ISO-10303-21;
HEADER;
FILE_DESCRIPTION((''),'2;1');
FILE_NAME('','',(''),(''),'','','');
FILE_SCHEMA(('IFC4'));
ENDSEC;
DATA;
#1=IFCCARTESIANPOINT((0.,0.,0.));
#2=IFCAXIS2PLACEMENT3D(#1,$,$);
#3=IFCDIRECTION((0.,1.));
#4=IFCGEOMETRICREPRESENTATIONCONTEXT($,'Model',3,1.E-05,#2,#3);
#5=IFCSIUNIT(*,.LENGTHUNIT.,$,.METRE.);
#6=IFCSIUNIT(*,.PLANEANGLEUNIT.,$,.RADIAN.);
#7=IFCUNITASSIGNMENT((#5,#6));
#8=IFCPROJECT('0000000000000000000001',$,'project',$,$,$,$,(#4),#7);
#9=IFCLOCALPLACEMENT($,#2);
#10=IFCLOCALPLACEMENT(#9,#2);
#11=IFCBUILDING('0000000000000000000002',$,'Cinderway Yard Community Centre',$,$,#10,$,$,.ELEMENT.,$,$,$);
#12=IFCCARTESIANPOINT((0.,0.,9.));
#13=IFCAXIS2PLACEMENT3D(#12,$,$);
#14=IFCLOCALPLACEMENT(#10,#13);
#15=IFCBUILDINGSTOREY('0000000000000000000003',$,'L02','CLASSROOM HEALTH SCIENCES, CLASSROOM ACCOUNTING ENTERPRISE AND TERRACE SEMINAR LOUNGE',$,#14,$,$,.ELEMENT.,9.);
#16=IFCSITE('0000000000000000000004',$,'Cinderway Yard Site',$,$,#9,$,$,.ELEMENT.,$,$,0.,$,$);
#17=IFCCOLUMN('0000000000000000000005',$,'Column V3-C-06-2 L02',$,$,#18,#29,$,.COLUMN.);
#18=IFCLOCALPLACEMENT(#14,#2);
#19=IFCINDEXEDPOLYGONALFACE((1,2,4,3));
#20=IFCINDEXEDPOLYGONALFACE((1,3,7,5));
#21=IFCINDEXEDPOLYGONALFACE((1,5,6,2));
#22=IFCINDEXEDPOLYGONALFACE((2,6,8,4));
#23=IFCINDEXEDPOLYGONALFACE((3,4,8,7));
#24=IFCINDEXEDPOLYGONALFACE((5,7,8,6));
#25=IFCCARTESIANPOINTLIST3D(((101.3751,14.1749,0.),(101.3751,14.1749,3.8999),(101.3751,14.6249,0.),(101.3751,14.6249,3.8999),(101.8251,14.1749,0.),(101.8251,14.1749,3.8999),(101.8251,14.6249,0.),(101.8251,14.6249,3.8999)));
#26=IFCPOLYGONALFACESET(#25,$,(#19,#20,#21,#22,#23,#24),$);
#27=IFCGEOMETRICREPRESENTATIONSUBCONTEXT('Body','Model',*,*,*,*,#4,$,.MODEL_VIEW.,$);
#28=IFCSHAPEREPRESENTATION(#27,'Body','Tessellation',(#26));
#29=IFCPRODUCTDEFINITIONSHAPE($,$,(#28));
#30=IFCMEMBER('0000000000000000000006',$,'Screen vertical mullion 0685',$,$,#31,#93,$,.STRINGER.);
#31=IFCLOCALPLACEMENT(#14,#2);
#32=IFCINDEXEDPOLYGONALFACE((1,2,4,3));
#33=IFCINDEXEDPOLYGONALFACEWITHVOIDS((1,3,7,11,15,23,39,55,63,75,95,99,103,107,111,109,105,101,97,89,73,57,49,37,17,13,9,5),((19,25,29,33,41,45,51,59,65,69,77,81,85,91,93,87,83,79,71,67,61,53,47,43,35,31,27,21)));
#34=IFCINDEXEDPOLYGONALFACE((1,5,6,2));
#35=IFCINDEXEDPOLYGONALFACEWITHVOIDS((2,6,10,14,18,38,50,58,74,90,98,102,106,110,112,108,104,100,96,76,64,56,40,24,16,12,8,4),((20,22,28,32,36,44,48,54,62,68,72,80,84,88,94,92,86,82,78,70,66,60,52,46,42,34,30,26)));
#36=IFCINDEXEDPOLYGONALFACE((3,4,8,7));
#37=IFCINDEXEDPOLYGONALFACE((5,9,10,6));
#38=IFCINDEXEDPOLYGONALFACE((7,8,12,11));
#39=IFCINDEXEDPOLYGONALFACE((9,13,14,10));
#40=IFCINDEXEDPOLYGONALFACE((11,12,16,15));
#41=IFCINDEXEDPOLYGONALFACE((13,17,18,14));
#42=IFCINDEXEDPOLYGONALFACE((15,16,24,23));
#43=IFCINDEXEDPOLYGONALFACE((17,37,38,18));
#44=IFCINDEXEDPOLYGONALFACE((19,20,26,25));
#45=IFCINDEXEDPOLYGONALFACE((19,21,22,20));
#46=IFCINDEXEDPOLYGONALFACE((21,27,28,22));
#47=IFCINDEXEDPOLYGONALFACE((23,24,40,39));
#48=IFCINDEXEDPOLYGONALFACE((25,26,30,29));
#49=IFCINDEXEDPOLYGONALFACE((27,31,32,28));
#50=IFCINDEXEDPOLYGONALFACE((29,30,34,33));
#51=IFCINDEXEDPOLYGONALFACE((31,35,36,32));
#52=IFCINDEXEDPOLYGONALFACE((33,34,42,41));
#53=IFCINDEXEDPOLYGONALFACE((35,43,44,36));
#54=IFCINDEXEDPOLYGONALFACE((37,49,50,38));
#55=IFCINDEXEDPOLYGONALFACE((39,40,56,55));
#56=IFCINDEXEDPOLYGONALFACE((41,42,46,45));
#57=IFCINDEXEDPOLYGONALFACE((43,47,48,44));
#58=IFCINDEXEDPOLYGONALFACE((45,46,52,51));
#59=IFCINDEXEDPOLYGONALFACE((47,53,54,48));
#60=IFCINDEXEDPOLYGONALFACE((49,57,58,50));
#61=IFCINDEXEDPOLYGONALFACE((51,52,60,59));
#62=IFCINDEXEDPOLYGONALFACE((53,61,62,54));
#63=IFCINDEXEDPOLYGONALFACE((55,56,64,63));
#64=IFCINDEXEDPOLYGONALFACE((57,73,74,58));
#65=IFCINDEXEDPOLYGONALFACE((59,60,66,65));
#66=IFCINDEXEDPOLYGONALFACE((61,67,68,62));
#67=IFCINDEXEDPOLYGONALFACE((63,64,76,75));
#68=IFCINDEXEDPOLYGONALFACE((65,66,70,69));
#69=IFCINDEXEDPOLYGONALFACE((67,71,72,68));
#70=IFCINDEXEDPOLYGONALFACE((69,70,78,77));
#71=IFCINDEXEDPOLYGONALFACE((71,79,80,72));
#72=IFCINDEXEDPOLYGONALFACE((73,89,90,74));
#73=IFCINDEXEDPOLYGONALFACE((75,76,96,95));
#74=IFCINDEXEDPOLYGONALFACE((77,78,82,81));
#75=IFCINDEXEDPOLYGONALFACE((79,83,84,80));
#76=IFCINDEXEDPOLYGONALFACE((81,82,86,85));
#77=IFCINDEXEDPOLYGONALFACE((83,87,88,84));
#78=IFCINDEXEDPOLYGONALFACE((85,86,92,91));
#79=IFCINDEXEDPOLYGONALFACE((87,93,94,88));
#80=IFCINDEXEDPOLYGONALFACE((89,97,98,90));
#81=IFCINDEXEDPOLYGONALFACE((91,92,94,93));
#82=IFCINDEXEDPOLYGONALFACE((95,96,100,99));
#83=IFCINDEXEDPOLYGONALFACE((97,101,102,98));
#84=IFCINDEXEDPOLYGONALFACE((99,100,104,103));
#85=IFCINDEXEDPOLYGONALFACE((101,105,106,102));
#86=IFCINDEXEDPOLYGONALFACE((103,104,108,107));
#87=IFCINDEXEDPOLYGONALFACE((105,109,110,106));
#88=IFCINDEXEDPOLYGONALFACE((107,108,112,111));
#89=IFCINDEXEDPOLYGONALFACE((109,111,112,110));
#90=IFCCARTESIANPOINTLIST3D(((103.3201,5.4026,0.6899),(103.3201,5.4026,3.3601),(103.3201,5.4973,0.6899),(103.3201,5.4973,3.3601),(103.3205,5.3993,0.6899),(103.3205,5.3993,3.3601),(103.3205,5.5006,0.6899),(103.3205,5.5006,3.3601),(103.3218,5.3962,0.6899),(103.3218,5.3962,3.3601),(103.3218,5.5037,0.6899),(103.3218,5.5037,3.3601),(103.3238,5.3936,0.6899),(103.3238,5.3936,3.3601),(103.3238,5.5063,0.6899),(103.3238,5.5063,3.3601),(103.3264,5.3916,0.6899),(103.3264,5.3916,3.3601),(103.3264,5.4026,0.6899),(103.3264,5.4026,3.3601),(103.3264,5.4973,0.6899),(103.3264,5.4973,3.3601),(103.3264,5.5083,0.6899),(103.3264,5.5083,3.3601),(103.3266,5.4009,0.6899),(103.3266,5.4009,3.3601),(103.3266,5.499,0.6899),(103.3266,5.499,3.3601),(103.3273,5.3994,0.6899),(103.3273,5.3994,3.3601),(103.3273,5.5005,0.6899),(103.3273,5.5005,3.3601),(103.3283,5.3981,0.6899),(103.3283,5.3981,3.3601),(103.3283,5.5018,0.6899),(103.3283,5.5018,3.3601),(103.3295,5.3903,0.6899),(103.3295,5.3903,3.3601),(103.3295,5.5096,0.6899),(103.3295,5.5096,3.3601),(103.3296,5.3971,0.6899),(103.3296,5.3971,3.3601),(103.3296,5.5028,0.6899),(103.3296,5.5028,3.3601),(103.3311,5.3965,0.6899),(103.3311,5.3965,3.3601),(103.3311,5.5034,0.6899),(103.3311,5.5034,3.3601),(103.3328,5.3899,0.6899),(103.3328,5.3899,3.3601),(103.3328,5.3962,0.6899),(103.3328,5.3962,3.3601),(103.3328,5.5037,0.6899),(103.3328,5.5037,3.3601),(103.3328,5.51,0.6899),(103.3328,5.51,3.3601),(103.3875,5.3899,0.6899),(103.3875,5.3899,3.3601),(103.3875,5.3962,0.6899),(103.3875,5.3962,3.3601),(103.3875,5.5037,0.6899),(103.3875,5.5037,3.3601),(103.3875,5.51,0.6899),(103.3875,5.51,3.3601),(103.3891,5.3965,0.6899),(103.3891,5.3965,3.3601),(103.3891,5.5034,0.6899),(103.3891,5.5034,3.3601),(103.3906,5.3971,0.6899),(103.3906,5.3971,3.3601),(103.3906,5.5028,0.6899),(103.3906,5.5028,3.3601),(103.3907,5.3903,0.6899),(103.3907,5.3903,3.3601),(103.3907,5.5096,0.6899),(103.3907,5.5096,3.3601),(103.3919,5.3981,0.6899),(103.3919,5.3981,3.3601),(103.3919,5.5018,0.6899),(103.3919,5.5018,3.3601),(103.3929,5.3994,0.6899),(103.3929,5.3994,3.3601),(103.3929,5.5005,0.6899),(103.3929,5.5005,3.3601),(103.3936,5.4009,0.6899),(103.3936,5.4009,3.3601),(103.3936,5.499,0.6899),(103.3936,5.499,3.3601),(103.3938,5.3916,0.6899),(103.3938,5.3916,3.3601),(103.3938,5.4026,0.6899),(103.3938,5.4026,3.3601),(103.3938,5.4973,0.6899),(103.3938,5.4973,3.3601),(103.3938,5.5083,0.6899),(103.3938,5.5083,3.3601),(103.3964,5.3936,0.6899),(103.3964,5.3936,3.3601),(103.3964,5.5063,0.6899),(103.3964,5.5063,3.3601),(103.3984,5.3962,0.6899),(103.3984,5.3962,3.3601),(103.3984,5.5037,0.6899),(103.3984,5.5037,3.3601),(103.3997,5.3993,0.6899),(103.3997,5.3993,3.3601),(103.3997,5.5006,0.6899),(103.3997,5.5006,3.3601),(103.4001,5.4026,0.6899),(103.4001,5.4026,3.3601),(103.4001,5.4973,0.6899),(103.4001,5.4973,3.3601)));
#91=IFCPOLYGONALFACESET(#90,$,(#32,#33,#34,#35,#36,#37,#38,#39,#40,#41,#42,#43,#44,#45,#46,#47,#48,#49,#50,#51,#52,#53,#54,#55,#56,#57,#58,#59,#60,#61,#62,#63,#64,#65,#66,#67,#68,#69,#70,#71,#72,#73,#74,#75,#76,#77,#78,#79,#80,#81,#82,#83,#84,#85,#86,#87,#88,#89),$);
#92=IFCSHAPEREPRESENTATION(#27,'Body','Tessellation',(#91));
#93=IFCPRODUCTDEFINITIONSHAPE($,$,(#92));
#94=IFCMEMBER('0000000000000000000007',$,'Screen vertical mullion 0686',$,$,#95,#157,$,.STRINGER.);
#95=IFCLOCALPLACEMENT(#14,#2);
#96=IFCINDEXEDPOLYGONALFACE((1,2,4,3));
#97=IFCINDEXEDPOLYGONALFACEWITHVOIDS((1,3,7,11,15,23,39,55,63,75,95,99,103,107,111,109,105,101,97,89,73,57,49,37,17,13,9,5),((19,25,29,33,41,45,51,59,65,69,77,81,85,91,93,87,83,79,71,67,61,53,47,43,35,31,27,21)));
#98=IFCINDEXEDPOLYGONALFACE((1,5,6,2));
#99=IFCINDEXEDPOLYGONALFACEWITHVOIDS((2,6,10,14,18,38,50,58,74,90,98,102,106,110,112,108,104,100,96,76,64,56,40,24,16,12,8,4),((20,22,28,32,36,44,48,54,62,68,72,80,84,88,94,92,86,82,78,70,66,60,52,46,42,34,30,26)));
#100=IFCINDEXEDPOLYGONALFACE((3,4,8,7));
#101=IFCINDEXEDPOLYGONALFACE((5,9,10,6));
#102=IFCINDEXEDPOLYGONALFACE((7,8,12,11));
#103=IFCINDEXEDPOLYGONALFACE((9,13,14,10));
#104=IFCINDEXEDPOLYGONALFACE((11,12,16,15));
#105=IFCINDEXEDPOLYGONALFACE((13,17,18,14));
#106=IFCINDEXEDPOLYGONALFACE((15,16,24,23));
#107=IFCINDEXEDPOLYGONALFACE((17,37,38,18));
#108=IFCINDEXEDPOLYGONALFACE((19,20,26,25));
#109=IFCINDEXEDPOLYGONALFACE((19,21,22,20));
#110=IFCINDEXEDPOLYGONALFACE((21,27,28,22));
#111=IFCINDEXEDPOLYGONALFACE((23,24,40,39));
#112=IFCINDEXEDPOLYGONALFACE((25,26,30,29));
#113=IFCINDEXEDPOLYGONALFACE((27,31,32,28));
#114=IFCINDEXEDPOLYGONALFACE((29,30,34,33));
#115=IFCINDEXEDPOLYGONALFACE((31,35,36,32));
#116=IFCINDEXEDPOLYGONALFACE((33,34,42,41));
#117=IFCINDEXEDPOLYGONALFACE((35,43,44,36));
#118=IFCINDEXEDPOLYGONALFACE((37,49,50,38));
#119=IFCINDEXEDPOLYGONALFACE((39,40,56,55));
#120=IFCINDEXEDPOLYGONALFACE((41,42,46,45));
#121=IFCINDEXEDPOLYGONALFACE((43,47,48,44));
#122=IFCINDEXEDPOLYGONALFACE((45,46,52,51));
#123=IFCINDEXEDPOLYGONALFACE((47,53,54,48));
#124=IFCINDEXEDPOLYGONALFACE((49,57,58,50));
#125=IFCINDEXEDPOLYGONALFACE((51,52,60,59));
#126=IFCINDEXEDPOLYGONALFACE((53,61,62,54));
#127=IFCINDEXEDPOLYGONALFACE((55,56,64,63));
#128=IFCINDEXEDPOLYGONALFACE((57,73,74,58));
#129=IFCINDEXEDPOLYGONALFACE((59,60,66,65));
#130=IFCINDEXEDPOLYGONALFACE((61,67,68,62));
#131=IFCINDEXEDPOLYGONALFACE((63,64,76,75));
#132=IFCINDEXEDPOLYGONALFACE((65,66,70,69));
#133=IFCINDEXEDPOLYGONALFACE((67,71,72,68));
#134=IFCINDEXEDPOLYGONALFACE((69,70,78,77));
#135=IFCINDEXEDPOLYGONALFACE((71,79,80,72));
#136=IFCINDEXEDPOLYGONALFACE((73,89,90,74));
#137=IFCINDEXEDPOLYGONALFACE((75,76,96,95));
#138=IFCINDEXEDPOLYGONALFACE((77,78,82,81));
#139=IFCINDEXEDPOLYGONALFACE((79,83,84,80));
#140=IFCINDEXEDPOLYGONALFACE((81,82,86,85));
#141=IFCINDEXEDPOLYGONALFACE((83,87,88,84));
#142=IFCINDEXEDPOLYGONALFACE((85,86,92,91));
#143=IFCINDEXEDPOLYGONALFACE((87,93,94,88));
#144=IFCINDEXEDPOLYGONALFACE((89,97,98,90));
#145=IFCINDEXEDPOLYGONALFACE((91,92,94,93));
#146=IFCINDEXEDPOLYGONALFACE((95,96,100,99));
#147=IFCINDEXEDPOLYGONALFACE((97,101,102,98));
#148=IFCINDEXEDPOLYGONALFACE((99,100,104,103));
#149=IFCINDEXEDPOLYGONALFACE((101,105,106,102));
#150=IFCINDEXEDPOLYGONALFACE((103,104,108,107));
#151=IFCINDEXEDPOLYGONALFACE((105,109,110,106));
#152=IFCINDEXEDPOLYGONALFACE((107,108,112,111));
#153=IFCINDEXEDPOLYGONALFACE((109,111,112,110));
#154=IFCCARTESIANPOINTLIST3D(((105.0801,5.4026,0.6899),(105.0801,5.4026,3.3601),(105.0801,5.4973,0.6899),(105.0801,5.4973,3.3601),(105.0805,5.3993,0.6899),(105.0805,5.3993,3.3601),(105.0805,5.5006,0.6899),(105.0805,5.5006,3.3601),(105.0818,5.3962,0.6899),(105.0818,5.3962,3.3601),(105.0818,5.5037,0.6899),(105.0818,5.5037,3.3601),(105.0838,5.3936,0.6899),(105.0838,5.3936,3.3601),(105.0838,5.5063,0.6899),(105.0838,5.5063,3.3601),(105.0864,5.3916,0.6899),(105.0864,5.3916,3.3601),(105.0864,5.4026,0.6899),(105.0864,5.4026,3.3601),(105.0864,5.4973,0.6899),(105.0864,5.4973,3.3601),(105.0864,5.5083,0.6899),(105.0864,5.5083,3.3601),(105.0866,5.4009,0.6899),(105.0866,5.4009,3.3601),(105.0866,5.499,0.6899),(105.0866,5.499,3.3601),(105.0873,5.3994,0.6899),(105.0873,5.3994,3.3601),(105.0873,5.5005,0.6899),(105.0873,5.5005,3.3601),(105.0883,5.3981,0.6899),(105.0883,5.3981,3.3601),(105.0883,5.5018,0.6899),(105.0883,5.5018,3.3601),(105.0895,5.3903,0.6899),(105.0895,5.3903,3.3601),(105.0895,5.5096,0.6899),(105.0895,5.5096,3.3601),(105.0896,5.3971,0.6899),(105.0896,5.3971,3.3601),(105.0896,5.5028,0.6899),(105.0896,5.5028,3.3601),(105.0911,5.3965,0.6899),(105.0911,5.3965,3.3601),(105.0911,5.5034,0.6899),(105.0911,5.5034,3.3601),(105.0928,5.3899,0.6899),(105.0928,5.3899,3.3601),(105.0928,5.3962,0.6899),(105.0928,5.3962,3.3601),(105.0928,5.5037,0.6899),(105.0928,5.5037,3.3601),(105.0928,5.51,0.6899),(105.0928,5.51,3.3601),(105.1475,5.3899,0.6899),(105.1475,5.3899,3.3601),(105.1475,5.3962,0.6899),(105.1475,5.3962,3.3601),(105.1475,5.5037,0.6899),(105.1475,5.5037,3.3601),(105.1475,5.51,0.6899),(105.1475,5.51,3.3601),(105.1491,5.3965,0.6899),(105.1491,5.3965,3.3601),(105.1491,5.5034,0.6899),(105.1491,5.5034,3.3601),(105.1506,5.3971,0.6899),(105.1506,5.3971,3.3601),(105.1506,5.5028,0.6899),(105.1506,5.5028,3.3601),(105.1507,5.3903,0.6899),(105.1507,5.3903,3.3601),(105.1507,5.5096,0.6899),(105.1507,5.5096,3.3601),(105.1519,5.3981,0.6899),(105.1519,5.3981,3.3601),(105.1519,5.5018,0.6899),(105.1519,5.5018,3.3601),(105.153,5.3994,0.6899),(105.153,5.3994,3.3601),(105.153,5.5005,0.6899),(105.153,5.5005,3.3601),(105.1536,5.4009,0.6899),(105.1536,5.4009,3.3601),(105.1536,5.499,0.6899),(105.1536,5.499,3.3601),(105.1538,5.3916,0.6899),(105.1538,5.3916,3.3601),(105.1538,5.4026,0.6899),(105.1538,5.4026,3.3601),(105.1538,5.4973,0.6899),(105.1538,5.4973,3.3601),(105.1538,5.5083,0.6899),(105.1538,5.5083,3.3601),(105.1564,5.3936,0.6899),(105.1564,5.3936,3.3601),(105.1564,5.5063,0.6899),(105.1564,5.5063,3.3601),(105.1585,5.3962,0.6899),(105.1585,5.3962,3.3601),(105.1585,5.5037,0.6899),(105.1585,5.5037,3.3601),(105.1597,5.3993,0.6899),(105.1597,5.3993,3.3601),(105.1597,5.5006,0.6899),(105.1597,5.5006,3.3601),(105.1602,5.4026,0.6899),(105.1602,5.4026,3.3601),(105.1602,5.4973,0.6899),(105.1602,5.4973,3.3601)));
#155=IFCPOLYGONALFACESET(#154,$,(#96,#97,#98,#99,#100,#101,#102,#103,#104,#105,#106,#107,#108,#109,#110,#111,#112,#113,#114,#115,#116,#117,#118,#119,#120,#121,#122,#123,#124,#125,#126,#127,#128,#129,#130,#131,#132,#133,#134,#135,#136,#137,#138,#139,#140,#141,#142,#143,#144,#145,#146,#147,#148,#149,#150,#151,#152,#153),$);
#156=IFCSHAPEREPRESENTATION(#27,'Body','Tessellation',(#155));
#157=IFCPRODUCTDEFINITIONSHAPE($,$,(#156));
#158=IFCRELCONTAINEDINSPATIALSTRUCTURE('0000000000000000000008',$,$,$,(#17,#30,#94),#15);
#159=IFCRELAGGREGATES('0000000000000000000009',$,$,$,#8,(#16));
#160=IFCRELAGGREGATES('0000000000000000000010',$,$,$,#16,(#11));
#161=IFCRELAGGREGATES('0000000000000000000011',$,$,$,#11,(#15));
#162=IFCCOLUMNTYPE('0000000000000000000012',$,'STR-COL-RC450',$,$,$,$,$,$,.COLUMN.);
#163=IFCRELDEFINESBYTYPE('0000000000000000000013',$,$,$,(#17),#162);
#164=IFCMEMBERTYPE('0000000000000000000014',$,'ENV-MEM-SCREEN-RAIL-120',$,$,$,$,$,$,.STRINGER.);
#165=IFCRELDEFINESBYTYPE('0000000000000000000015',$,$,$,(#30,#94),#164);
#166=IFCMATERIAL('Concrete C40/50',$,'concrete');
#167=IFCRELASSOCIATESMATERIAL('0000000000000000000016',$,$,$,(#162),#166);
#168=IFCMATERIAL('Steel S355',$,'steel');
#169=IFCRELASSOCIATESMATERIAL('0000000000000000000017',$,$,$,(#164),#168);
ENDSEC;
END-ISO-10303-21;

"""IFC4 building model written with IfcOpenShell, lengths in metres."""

from ifc_helpers import new_model, si_unit, direction, frame, origin, origin_2d, place, context, subcontext, project, spatial, rectangle, hollow_rectangle, extrude, material, material_profile, profile_set, type_object, element, save


model = new_model("IFC4")

# Units and contexts
model_context = context("Model", 3, precision=1e-05, world=origin(), true_north=direction((0.0, 1.0)))
body_context = subcontext(model_context, "Body", "Model", "MODEL_VIEW")
ifc_project = project(units=[si_unit("LENGTHUNIT", "METRE"), si_unit("PLANEANGLEUNIT", "RADIAN")], contexts=[model_context])

# Site, building, storey
site_placement = place(None, origin())
site = spatial("IfcSite", under=ifc_project, at=site_placement, Name="Cinderway Yard Site", CompositionType="ELEMENT", RefElevation=0.0)
building_placement = place(site_placement, origin())
building = spatial("IfcBuilding", under=site, at=building_placement, Name="Cinderway Yard Community Centre", CompositionType="ELEMENT")
storey_placement = place(building_placement, frame((0.0, 0.0, 9.0)))
storey = spatial("IfcBuildingStorey", under=building, at=storey_placement, Name="L02", Description="CLASSROOM HEALTH SCIENCES, CLASSROOM ACCOUNTING ENTERPRISE AND TERRACE SEMINAR LOUNGE", CompositionType="ELEMENT", Elevation=9.0)

# Column
ifc_material_1 = material(Name="Concrete C40/50", Category="concrete")
ifc_material_profile_1 = material_profile(ifc_material_1, rectangle(XDim=0.45, YDim=0.45, at=origin_2d()), Name="Concrete C40/50")
ifc_profile_set_1 = profile_set([ifc_material_profile_1], Name="Concrete C40/50")
column_type = type_object("IfcColumnType", Name="STR-COL-RC450", PredefinedType="COLUMN", material=ifc_profile_set_1)
column_placement = place(storey_placement, frame((101.6001, 14.3999, 0.0), z_axis=(0.0, 0.0, 1.0), x_axis=(1.0, 0.0, 0.0)))
element("IfcColumn", 1, at=column_placement, inside=storey, type_object=column_type, Name="Column V3-C-06-2 L02", PredefinedType="COLUMN", context=body_context, shape_type="SweptSolid", body=[
    extrude(rectangle(XDim=0.45, YDim=0.45, at=origin_2d()), origin(), (0.0, 0.0, 1.0), 3.8999),
])

# Members
ifc_material_2 = material(Name="Steel S355", Category="steel")
ifc_material_profile_2 = material_profile(ifc_material_2, hollow_rectangle(XDim=0.0801, YDim=0.1201, WallThickness=0.0063, InnerFilletRadius=0.0063, OuterFilletRadius=0.0127, at=origin_2d()), Name="Steel S355")
ifc_profile_set_2 = profile_set([ifc_material_profile_2], Name="Steel S355")
member_type_1 = type_object("IfcMemberType", Name="ENV-MEM-SCREEN-RAIL-120", PredefinedType="STRINGER", material=ifc_profile_set_2)
for number, where, z_axis, x_axis, name in (
    (2, (103.3601, 5.45, 0.6899), (0.0, 0.0, 1.0), (1.0, 0.0, 0.0), "Screen vertical mullion 0685"),
    (3, (105.1201, 5.45, 0.6899), (0.0, 0.0, 1.0), (1.0, 0.0, 0.0), "Screen vertical mullion 0686"),
):
    element("IfcMember", number, at=place(storey_placement, frame(where, z_axis=z_axis, x_axis=x_axis)), inside=storey, type_object=member_type_1, Name=name, PredefinedType="STRINGER", context=body_context, shape_type="SweptSolid", body=[
        extrude(hollow_rectangle(XDim=0.0801, YDim=0.1201, WallThickness=0.0063, InnerFilletRadius=0.0063, OuterFilletRadius=0.0127, at=origin_2d()), origin(), (0.0, 0.0, 1.0), 2.6702),
    ])

save(model, "model.ifc")
